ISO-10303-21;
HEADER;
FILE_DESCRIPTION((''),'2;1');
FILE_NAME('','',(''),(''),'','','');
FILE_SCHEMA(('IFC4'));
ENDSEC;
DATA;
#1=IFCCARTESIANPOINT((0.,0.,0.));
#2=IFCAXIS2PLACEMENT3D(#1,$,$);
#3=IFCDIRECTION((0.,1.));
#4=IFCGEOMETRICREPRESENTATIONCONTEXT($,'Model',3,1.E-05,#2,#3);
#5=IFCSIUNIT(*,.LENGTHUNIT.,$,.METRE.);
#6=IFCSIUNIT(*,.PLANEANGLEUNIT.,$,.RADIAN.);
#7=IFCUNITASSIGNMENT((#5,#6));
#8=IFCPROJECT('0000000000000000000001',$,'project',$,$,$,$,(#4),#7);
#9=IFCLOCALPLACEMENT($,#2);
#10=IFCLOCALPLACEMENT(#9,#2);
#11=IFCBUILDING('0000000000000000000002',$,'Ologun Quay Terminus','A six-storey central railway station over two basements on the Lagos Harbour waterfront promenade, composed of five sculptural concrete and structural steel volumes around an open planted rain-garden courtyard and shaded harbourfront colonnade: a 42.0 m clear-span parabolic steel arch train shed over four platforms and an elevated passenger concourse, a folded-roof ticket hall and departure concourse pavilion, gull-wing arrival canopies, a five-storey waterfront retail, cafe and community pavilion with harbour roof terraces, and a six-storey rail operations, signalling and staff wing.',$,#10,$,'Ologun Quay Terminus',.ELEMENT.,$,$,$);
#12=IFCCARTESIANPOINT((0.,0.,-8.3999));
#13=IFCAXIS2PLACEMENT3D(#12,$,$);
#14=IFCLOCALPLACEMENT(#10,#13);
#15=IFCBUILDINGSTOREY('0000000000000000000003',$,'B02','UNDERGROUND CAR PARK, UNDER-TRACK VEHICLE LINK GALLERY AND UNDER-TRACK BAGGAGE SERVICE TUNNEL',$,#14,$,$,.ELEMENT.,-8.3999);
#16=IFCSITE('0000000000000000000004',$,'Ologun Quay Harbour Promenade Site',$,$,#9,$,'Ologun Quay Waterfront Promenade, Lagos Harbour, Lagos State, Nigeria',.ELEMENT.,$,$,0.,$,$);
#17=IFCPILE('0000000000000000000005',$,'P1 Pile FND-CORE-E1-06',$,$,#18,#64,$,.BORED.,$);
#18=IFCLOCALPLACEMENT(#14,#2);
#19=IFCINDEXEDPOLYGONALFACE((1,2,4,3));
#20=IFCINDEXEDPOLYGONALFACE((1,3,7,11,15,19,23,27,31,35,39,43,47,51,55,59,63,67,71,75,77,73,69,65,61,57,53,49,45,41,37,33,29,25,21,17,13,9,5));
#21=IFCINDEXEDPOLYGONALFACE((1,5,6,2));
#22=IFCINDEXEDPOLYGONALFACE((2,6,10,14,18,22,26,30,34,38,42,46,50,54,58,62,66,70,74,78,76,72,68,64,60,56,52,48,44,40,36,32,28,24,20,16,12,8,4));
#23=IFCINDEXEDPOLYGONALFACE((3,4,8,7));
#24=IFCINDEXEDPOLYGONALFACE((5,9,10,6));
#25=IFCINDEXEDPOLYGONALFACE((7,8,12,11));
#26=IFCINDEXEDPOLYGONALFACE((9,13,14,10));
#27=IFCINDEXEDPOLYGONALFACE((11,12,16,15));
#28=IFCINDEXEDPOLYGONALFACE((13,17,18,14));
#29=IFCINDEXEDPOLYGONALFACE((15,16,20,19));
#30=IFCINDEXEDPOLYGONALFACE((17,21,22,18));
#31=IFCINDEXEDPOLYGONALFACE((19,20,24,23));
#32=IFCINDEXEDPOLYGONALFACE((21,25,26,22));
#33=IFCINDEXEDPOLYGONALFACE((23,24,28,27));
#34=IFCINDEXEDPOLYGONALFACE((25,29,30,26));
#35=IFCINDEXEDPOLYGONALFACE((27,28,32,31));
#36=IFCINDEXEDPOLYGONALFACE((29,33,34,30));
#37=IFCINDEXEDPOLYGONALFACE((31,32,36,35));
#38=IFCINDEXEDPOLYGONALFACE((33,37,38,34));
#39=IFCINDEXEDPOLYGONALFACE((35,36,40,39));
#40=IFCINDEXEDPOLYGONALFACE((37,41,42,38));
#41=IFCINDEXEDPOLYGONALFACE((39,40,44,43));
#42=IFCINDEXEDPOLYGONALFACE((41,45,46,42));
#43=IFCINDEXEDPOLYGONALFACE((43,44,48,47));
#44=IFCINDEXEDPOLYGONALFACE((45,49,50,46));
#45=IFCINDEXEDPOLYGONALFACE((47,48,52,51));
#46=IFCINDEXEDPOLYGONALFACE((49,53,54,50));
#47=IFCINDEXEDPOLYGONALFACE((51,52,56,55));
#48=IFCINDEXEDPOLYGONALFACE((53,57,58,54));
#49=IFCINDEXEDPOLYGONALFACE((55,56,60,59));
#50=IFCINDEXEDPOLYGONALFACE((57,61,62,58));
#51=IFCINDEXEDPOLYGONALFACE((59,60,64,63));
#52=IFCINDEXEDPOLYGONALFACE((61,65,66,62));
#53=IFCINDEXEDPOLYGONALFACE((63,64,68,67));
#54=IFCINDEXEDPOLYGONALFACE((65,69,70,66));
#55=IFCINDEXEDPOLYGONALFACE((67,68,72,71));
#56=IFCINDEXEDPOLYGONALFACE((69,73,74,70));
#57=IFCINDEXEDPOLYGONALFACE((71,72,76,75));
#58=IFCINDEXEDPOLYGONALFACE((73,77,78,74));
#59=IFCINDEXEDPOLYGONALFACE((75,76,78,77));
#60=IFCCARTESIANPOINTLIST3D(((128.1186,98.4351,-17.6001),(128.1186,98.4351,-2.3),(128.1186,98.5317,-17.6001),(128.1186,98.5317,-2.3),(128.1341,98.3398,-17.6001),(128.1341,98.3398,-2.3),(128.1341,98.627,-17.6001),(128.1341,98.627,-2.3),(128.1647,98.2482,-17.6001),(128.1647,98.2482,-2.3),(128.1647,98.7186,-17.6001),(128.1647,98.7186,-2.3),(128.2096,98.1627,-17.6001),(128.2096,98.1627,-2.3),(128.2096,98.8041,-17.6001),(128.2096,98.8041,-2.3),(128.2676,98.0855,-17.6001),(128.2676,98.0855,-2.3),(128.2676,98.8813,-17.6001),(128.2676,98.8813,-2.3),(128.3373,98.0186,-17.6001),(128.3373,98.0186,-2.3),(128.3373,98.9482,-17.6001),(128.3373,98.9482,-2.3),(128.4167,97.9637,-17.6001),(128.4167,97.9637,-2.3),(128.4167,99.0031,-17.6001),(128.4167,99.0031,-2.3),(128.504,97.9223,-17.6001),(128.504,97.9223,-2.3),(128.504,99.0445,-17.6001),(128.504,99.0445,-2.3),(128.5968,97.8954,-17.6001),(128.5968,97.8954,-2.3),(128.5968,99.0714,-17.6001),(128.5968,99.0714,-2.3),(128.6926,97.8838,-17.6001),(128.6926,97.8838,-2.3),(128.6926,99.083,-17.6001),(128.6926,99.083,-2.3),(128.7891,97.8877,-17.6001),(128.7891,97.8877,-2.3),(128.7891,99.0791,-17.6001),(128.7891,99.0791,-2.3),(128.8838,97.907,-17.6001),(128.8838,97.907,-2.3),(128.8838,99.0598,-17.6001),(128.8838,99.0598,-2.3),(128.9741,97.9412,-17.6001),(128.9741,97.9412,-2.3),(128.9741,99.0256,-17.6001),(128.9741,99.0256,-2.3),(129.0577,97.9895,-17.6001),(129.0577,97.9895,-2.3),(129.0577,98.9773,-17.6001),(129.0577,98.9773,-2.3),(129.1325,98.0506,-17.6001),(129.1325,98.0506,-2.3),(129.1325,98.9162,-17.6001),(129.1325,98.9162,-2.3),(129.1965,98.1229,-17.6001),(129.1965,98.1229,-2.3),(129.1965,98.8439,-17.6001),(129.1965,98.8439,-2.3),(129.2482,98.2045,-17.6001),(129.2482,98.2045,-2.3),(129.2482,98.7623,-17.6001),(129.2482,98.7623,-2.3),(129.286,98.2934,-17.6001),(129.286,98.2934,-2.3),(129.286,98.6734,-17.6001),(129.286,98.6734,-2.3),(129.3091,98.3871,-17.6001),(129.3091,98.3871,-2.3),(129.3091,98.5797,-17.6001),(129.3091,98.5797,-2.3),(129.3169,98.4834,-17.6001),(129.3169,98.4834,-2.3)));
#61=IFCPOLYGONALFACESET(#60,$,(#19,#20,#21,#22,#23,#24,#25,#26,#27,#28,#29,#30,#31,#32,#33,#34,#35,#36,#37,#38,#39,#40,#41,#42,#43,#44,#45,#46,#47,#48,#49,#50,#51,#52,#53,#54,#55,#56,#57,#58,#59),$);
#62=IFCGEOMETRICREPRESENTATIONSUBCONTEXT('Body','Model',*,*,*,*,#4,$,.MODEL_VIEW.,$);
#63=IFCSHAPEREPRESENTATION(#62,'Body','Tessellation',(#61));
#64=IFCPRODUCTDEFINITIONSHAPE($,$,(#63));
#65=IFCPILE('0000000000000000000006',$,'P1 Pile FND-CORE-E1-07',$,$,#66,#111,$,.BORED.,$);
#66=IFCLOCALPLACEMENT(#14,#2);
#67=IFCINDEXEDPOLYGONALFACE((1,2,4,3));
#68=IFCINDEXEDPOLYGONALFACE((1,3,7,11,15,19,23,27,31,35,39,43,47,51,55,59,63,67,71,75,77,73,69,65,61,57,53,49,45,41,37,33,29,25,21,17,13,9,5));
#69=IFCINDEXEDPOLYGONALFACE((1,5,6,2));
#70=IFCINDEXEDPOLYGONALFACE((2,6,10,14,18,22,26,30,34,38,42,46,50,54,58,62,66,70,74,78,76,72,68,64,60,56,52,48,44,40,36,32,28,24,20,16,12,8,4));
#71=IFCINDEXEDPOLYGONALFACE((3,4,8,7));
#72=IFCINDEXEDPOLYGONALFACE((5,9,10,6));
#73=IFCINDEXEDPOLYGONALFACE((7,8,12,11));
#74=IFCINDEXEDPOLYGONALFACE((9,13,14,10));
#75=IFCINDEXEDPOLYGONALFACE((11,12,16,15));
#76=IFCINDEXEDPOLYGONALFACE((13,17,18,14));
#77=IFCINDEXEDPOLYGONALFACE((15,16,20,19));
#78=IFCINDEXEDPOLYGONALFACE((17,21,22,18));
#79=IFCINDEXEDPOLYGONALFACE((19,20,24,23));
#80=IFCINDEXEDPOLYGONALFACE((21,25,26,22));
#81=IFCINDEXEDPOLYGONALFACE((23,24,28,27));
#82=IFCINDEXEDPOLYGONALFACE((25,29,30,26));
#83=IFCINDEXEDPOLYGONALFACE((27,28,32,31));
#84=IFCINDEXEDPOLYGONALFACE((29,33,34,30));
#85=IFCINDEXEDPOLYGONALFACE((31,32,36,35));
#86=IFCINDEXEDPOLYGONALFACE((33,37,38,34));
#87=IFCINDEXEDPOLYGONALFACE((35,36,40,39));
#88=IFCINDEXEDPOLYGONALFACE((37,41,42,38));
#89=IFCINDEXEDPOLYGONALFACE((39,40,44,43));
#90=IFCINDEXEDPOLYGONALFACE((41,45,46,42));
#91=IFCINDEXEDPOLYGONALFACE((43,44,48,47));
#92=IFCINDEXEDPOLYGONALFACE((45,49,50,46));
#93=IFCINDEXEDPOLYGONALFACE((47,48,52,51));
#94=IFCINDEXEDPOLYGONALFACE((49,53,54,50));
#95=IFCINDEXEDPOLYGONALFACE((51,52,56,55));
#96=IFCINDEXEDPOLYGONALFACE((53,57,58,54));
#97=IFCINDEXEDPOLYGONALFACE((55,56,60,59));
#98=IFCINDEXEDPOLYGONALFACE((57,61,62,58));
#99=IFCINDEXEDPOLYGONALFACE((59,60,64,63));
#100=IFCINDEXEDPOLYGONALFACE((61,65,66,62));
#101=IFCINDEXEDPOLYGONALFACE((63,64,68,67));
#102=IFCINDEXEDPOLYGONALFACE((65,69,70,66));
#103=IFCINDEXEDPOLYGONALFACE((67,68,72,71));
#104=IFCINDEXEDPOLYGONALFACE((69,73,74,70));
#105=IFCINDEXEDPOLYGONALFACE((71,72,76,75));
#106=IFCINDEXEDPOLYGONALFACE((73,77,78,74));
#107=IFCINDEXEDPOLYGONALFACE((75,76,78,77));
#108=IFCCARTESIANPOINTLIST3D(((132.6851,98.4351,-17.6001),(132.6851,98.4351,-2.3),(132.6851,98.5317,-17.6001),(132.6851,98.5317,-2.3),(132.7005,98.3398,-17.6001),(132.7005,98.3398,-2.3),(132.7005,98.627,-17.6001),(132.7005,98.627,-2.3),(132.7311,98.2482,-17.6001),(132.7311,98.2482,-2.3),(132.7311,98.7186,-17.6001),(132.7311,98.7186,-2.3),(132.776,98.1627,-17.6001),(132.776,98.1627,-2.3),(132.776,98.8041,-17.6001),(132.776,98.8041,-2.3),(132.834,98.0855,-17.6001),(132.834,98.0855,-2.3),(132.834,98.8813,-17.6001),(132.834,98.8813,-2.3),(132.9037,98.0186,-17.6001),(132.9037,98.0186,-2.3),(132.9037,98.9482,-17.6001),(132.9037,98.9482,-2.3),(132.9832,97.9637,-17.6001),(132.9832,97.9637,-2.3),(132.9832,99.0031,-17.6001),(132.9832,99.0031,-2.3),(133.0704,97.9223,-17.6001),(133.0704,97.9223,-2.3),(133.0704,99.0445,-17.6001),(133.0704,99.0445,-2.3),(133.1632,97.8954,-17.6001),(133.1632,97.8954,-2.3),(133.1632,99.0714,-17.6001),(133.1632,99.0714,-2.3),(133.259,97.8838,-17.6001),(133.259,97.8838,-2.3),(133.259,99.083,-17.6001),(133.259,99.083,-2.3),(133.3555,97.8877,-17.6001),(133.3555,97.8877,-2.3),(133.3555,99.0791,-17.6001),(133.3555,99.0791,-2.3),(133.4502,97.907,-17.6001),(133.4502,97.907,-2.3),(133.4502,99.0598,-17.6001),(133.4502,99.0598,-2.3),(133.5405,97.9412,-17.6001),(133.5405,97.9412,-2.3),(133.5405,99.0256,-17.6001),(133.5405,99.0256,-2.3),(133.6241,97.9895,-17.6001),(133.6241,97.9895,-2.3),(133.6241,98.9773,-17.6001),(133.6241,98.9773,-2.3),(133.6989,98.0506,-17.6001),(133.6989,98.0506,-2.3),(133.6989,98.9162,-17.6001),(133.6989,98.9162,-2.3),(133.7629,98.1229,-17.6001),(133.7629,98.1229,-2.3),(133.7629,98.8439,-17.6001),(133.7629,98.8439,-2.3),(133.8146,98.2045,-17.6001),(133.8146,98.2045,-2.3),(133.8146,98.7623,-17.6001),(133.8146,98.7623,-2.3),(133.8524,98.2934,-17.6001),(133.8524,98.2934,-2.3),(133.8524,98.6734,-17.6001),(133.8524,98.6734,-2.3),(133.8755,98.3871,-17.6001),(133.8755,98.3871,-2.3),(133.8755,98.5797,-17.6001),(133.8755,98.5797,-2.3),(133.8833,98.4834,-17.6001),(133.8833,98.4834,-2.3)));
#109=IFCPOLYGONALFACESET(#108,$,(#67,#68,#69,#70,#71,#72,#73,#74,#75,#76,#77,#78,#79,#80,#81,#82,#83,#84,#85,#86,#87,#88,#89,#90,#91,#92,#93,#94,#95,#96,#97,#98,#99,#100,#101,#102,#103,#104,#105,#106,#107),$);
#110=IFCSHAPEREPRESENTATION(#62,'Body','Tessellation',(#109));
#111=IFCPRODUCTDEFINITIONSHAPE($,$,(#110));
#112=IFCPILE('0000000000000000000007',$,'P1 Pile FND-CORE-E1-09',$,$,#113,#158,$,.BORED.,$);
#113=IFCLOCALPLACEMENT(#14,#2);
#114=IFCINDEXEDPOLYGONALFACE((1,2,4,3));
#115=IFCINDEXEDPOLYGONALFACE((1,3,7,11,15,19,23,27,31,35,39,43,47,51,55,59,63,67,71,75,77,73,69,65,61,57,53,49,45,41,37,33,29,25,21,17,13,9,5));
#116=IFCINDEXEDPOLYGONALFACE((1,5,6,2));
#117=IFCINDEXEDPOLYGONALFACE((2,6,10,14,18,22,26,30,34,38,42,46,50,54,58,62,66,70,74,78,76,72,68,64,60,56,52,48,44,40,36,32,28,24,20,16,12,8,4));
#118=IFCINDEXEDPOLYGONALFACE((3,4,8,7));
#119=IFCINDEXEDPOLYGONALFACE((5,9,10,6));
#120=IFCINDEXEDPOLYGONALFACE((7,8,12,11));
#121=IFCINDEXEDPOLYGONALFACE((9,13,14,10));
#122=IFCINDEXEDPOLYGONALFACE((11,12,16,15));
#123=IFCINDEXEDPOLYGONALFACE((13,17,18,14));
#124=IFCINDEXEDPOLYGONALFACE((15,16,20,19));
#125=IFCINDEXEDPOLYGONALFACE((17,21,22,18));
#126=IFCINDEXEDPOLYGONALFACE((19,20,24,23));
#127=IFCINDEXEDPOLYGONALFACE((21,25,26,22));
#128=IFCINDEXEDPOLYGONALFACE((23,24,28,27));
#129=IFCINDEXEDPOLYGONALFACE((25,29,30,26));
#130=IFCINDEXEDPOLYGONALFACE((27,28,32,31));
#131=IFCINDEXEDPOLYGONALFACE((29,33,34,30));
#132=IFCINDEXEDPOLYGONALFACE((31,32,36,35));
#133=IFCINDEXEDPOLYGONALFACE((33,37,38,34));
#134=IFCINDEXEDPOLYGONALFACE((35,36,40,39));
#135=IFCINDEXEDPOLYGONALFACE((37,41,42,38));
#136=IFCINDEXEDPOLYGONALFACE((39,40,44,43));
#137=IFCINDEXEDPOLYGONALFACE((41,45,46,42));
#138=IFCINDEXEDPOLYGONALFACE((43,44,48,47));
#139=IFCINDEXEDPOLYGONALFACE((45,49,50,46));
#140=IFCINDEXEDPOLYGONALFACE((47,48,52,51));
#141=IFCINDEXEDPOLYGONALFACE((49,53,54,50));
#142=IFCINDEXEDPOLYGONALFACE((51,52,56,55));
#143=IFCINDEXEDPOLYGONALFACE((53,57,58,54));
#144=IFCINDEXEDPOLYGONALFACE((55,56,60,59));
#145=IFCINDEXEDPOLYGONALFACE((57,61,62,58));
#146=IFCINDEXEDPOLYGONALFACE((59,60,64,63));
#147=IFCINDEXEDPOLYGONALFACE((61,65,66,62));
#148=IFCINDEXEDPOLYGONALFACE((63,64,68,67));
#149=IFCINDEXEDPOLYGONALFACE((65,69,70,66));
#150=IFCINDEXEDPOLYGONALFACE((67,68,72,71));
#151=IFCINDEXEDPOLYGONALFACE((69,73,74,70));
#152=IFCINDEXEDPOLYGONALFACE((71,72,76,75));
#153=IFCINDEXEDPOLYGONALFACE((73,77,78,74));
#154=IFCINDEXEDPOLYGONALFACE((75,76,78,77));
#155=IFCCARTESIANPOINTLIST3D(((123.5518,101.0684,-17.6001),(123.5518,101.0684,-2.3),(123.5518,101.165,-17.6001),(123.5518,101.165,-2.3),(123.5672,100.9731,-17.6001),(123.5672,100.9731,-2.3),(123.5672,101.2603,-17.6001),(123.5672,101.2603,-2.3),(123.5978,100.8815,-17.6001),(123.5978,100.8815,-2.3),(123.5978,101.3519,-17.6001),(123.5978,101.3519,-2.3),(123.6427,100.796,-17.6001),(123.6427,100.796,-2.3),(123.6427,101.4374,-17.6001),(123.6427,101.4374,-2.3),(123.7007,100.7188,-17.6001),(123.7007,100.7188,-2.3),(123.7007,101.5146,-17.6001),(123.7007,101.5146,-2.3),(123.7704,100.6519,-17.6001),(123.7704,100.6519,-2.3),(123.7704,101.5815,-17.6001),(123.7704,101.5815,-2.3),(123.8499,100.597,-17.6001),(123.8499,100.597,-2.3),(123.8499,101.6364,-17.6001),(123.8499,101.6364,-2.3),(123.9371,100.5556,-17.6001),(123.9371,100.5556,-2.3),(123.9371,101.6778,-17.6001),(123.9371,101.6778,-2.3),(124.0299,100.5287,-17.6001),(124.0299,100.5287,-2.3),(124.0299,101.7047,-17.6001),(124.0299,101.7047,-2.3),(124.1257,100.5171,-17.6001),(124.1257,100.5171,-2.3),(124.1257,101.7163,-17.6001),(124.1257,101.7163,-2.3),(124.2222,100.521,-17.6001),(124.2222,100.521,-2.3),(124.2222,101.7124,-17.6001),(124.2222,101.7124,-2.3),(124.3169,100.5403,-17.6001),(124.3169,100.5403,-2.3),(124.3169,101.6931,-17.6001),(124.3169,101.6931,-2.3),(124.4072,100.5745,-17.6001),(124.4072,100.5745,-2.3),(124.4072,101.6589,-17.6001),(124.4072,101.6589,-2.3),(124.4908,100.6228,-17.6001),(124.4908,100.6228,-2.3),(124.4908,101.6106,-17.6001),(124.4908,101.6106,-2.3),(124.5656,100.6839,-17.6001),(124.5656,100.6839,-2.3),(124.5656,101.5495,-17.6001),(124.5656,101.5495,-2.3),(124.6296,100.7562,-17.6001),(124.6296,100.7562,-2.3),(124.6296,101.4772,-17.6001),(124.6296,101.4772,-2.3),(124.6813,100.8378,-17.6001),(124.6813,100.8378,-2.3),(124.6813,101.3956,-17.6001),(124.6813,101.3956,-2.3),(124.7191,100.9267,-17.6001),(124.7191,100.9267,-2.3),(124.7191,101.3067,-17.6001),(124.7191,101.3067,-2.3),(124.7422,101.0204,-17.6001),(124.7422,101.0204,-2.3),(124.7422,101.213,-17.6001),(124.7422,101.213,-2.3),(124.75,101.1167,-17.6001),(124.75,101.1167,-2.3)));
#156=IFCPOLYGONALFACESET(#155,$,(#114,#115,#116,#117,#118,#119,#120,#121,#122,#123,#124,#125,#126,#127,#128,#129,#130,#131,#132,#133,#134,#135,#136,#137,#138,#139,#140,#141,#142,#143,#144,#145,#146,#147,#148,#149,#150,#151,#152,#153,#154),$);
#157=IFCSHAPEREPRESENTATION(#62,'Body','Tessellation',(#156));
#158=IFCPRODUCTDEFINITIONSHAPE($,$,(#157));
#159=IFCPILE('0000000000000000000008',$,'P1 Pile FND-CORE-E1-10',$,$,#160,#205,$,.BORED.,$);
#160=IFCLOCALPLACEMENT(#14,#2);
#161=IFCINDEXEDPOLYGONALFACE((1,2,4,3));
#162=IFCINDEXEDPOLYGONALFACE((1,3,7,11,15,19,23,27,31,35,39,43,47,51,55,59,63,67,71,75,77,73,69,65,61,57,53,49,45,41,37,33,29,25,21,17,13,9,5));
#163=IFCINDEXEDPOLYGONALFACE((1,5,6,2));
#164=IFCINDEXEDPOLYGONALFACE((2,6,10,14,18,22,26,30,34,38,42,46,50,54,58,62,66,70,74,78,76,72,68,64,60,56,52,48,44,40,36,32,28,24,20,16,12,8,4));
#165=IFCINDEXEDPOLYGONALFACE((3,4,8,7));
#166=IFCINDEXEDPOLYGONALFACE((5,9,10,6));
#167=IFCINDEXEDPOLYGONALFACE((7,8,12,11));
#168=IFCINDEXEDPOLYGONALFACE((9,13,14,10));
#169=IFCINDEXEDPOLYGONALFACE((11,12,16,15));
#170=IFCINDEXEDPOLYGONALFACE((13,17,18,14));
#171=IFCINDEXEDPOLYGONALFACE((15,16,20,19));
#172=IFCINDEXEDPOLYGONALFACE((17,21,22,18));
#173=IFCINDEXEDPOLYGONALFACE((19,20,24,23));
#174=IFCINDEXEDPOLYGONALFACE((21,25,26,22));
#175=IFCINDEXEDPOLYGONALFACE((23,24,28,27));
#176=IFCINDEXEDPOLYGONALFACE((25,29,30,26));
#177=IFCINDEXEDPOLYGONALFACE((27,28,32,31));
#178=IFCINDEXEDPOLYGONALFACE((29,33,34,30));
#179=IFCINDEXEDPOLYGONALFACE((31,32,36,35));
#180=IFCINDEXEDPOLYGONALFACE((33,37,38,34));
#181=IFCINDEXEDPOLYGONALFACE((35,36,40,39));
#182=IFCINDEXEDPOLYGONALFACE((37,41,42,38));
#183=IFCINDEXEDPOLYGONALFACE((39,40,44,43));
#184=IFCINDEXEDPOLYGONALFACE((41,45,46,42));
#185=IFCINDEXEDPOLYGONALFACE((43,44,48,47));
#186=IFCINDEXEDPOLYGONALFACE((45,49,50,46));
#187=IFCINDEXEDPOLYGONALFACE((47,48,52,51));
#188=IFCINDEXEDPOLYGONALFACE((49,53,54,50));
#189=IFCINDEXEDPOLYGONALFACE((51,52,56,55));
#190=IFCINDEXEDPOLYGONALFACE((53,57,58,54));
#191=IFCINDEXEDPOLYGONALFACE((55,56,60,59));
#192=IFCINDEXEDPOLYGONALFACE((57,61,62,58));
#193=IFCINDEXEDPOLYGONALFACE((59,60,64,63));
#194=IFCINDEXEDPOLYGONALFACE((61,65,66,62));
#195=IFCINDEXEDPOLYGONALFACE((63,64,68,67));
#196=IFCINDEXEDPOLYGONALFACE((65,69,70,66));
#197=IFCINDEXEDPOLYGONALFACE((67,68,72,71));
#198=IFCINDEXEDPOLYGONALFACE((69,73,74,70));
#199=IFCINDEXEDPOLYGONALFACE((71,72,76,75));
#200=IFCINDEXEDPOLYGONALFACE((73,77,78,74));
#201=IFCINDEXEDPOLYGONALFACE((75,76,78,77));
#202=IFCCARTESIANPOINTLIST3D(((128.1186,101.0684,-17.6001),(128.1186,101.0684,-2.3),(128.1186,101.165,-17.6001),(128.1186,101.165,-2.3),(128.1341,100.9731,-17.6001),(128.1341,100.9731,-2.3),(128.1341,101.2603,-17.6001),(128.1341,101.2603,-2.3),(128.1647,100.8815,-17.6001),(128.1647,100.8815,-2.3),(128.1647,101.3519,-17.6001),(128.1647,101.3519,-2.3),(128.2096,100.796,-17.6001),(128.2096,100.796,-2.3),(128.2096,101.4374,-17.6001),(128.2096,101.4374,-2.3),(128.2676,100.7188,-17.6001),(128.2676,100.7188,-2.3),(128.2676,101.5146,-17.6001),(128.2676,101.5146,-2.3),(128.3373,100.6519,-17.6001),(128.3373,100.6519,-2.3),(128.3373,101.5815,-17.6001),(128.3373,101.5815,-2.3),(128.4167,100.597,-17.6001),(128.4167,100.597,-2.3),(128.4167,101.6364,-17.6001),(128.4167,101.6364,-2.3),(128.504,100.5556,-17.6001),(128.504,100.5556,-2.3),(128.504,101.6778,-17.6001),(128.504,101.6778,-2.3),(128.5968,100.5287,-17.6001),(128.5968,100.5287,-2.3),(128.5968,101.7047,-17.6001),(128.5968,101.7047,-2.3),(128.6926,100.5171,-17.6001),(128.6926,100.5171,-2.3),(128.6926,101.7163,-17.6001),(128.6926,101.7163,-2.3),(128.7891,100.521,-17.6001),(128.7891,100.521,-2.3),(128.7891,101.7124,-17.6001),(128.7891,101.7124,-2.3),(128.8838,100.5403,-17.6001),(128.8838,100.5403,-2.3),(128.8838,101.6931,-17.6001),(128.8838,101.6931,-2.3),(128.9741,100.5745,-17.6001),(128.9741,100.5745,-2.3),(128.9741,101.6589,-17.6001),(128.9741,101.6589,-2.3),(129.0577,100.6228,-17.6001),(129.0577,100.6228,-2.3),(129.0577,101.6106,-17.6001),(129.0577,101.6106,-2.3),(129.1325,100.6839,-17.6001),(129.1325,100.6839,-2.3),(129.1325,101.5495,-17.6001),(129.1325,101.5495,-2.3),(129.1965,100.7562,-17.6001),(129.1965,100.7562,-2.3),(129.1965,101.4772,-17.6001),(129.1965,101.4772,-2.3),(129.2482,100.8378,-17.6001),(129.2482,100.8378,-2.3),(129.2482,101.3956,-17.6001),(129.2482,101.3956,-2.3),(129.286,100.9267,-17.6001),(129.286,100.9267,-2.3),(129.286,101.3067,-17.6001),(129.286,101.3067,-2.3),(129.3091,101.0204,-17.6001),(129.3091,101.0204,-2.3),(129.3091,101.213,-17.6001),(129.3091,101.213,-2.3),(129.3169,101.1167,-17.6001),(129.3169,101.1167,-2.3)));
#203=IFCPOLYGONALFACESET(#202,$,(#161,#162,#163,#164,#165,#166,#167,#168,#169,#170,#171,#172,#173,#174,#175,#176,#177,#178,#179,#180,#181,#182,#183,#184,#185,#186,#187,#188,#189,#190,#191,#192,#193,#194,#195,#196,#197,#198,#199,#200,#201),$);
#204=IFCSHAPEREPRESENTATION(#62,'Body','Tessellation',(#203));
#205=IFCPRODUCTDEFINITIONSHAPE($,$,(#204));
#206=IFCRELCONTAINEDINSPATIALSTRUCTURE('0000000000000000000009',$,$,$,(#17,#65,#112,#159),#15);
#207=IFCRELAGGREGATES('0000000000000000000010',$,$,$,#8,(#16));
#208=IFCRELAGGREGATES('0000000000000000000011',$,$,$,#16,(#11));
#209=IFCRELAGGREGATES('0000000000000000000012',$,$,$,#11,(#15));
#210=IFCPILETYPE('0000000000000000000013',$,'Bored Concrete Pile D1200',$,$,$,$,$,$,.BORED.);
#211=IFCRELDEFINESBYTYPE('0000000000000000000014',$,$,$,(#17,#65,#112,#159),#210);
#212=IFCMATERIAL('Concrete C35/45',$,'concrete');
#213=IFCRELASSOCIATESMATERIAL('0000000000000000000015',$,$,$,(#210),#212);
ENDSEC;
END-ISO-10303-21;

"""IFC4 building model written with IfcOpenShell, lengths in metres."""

from ifc_helpers import new_model, si_unit, direction, frame, origin, origin_2d, place, context, subcontext, project, spatial, circle, extrude, material, material_profile, profile_set, type_object, element, save


model = new_model("IFC4")

# Units and contexts
model_context = context("Model", 3, precision=1e-05, world=origin(), true_north=direction((0.0, 1.0)))
body_context = subcontext(model_context, "Body", "Model", "MODEL_VIEW")
ifc_project = project(units=[si_unit("LENGTHUNIT", "METRE"), si_unit("PLANEANGLEUNIT", "RADIAN")], contexts=[model_context])

# Site, building, storey
site_placement = place(None, origin())
site = spatial("IfcSite", under=ifc_project, at=site_placement, Name="Ologun Quay Harbour Promenade Site", LongName="Ologun Quay Waterfront Promenade, Lagos Harbour, Lagos State, Nigeria", CompositionType="ELEMENT", RefElevation=0.0)
building_placement = place(site_placement, origin())
building = spatial("IfcBuilding", under=site, at=building_placement, Name="Ologun Quay Terminus", Description="A six-storey central railway station over two basements on the Lagos Harbour waterfront promenade, composed of five sculptural concrete and structural steel volumes around an open planted rain-garden courtyard and shaded harbourfront colonnade: a 42.0 m clear-span parabolic steel arch train shed over four platforms and an elevated passenger concourse, a folded-roof ticket hall and departure concourse pavilion, gull-wing arrival canopies, a five-storey waterfront retail, cafe and community pavilion with harbour roof terraces, and a six-storey rail operations, signalling and staff wing.", LongName="Ologun Quay Terminus", CompositionType="ELEMENT")
storey_placement = place(building_placement, frame((0.0, 0.0, -8.3999)))
storey = spatial("IfcBuildingStorey", under=building, at=storey_placement, Name="B02", Description="UNDERGROUND CAR PARK, UNDER-TRACK VEHICLE LINK GALLERY AND UNDER-TRACK BAGGAGE SERVICE TUNNEL", CompositionType="ELEMENT", Elevation=-8.3999)

# Piles
ifc_material_1 = material(Name="Concrete C35/45", Category="concrete")
ifc_material_profile_1 = material_profile(ifc_material_1, circle(Radius=0.6001, at=origin_2d()), Name="PILE D1200")
ifc_profile_set_1 = profile_set([ifc_material_profile_1], Name="Concrete C35/45")
pile_type = type_object("IfcPileType", Name="Bored Concrete Pile D1200", PredefinedType="BORED", material=ifc_profile_set_1)
for number, where, z_axis, x_axis, name in (
    (1, (128.7168, 98.4834, -2.3), (0.0, 0.0, -1.0), (1.0, 0.0, 0.0), "P1 Pile FND-CORE-E1-06"),
    (2, (133.2832, 98.4834, -2.3), (0.0, 0.0, -1.0), (1.0, 0.0, 0.0), "P1 Pile FND-CORE-E1-07"),
    (3, (124.1499, 101.1167, -2.3), (0.0, 0.0, -1.0), (1.0, 0.0, 0.0), "P1 Pile FND-CORE-E1-09"),
    (4, (128.7168, 101.1167, -2.3), (0.0, 0.0, -1.0), (1.0, 0.0, 0.0), "P1 Pile FND-CORE-E1-10"),
):
    element("IfcPile", number, at=place(storey_placement, frame(where, z_axis=z_axis, x_axis=x_axis)), inside=storey, type_object=pile_type, Name=name, PredefinedType="BORED", context=body_context, shape_type="SweptSolid", body=[
        extrude(circle(Radius=0.6001, at=origin_2d()), origin(), (0.0, 0.0, 1.0), 15.3),
    ])

save(model, "model.ifc")
